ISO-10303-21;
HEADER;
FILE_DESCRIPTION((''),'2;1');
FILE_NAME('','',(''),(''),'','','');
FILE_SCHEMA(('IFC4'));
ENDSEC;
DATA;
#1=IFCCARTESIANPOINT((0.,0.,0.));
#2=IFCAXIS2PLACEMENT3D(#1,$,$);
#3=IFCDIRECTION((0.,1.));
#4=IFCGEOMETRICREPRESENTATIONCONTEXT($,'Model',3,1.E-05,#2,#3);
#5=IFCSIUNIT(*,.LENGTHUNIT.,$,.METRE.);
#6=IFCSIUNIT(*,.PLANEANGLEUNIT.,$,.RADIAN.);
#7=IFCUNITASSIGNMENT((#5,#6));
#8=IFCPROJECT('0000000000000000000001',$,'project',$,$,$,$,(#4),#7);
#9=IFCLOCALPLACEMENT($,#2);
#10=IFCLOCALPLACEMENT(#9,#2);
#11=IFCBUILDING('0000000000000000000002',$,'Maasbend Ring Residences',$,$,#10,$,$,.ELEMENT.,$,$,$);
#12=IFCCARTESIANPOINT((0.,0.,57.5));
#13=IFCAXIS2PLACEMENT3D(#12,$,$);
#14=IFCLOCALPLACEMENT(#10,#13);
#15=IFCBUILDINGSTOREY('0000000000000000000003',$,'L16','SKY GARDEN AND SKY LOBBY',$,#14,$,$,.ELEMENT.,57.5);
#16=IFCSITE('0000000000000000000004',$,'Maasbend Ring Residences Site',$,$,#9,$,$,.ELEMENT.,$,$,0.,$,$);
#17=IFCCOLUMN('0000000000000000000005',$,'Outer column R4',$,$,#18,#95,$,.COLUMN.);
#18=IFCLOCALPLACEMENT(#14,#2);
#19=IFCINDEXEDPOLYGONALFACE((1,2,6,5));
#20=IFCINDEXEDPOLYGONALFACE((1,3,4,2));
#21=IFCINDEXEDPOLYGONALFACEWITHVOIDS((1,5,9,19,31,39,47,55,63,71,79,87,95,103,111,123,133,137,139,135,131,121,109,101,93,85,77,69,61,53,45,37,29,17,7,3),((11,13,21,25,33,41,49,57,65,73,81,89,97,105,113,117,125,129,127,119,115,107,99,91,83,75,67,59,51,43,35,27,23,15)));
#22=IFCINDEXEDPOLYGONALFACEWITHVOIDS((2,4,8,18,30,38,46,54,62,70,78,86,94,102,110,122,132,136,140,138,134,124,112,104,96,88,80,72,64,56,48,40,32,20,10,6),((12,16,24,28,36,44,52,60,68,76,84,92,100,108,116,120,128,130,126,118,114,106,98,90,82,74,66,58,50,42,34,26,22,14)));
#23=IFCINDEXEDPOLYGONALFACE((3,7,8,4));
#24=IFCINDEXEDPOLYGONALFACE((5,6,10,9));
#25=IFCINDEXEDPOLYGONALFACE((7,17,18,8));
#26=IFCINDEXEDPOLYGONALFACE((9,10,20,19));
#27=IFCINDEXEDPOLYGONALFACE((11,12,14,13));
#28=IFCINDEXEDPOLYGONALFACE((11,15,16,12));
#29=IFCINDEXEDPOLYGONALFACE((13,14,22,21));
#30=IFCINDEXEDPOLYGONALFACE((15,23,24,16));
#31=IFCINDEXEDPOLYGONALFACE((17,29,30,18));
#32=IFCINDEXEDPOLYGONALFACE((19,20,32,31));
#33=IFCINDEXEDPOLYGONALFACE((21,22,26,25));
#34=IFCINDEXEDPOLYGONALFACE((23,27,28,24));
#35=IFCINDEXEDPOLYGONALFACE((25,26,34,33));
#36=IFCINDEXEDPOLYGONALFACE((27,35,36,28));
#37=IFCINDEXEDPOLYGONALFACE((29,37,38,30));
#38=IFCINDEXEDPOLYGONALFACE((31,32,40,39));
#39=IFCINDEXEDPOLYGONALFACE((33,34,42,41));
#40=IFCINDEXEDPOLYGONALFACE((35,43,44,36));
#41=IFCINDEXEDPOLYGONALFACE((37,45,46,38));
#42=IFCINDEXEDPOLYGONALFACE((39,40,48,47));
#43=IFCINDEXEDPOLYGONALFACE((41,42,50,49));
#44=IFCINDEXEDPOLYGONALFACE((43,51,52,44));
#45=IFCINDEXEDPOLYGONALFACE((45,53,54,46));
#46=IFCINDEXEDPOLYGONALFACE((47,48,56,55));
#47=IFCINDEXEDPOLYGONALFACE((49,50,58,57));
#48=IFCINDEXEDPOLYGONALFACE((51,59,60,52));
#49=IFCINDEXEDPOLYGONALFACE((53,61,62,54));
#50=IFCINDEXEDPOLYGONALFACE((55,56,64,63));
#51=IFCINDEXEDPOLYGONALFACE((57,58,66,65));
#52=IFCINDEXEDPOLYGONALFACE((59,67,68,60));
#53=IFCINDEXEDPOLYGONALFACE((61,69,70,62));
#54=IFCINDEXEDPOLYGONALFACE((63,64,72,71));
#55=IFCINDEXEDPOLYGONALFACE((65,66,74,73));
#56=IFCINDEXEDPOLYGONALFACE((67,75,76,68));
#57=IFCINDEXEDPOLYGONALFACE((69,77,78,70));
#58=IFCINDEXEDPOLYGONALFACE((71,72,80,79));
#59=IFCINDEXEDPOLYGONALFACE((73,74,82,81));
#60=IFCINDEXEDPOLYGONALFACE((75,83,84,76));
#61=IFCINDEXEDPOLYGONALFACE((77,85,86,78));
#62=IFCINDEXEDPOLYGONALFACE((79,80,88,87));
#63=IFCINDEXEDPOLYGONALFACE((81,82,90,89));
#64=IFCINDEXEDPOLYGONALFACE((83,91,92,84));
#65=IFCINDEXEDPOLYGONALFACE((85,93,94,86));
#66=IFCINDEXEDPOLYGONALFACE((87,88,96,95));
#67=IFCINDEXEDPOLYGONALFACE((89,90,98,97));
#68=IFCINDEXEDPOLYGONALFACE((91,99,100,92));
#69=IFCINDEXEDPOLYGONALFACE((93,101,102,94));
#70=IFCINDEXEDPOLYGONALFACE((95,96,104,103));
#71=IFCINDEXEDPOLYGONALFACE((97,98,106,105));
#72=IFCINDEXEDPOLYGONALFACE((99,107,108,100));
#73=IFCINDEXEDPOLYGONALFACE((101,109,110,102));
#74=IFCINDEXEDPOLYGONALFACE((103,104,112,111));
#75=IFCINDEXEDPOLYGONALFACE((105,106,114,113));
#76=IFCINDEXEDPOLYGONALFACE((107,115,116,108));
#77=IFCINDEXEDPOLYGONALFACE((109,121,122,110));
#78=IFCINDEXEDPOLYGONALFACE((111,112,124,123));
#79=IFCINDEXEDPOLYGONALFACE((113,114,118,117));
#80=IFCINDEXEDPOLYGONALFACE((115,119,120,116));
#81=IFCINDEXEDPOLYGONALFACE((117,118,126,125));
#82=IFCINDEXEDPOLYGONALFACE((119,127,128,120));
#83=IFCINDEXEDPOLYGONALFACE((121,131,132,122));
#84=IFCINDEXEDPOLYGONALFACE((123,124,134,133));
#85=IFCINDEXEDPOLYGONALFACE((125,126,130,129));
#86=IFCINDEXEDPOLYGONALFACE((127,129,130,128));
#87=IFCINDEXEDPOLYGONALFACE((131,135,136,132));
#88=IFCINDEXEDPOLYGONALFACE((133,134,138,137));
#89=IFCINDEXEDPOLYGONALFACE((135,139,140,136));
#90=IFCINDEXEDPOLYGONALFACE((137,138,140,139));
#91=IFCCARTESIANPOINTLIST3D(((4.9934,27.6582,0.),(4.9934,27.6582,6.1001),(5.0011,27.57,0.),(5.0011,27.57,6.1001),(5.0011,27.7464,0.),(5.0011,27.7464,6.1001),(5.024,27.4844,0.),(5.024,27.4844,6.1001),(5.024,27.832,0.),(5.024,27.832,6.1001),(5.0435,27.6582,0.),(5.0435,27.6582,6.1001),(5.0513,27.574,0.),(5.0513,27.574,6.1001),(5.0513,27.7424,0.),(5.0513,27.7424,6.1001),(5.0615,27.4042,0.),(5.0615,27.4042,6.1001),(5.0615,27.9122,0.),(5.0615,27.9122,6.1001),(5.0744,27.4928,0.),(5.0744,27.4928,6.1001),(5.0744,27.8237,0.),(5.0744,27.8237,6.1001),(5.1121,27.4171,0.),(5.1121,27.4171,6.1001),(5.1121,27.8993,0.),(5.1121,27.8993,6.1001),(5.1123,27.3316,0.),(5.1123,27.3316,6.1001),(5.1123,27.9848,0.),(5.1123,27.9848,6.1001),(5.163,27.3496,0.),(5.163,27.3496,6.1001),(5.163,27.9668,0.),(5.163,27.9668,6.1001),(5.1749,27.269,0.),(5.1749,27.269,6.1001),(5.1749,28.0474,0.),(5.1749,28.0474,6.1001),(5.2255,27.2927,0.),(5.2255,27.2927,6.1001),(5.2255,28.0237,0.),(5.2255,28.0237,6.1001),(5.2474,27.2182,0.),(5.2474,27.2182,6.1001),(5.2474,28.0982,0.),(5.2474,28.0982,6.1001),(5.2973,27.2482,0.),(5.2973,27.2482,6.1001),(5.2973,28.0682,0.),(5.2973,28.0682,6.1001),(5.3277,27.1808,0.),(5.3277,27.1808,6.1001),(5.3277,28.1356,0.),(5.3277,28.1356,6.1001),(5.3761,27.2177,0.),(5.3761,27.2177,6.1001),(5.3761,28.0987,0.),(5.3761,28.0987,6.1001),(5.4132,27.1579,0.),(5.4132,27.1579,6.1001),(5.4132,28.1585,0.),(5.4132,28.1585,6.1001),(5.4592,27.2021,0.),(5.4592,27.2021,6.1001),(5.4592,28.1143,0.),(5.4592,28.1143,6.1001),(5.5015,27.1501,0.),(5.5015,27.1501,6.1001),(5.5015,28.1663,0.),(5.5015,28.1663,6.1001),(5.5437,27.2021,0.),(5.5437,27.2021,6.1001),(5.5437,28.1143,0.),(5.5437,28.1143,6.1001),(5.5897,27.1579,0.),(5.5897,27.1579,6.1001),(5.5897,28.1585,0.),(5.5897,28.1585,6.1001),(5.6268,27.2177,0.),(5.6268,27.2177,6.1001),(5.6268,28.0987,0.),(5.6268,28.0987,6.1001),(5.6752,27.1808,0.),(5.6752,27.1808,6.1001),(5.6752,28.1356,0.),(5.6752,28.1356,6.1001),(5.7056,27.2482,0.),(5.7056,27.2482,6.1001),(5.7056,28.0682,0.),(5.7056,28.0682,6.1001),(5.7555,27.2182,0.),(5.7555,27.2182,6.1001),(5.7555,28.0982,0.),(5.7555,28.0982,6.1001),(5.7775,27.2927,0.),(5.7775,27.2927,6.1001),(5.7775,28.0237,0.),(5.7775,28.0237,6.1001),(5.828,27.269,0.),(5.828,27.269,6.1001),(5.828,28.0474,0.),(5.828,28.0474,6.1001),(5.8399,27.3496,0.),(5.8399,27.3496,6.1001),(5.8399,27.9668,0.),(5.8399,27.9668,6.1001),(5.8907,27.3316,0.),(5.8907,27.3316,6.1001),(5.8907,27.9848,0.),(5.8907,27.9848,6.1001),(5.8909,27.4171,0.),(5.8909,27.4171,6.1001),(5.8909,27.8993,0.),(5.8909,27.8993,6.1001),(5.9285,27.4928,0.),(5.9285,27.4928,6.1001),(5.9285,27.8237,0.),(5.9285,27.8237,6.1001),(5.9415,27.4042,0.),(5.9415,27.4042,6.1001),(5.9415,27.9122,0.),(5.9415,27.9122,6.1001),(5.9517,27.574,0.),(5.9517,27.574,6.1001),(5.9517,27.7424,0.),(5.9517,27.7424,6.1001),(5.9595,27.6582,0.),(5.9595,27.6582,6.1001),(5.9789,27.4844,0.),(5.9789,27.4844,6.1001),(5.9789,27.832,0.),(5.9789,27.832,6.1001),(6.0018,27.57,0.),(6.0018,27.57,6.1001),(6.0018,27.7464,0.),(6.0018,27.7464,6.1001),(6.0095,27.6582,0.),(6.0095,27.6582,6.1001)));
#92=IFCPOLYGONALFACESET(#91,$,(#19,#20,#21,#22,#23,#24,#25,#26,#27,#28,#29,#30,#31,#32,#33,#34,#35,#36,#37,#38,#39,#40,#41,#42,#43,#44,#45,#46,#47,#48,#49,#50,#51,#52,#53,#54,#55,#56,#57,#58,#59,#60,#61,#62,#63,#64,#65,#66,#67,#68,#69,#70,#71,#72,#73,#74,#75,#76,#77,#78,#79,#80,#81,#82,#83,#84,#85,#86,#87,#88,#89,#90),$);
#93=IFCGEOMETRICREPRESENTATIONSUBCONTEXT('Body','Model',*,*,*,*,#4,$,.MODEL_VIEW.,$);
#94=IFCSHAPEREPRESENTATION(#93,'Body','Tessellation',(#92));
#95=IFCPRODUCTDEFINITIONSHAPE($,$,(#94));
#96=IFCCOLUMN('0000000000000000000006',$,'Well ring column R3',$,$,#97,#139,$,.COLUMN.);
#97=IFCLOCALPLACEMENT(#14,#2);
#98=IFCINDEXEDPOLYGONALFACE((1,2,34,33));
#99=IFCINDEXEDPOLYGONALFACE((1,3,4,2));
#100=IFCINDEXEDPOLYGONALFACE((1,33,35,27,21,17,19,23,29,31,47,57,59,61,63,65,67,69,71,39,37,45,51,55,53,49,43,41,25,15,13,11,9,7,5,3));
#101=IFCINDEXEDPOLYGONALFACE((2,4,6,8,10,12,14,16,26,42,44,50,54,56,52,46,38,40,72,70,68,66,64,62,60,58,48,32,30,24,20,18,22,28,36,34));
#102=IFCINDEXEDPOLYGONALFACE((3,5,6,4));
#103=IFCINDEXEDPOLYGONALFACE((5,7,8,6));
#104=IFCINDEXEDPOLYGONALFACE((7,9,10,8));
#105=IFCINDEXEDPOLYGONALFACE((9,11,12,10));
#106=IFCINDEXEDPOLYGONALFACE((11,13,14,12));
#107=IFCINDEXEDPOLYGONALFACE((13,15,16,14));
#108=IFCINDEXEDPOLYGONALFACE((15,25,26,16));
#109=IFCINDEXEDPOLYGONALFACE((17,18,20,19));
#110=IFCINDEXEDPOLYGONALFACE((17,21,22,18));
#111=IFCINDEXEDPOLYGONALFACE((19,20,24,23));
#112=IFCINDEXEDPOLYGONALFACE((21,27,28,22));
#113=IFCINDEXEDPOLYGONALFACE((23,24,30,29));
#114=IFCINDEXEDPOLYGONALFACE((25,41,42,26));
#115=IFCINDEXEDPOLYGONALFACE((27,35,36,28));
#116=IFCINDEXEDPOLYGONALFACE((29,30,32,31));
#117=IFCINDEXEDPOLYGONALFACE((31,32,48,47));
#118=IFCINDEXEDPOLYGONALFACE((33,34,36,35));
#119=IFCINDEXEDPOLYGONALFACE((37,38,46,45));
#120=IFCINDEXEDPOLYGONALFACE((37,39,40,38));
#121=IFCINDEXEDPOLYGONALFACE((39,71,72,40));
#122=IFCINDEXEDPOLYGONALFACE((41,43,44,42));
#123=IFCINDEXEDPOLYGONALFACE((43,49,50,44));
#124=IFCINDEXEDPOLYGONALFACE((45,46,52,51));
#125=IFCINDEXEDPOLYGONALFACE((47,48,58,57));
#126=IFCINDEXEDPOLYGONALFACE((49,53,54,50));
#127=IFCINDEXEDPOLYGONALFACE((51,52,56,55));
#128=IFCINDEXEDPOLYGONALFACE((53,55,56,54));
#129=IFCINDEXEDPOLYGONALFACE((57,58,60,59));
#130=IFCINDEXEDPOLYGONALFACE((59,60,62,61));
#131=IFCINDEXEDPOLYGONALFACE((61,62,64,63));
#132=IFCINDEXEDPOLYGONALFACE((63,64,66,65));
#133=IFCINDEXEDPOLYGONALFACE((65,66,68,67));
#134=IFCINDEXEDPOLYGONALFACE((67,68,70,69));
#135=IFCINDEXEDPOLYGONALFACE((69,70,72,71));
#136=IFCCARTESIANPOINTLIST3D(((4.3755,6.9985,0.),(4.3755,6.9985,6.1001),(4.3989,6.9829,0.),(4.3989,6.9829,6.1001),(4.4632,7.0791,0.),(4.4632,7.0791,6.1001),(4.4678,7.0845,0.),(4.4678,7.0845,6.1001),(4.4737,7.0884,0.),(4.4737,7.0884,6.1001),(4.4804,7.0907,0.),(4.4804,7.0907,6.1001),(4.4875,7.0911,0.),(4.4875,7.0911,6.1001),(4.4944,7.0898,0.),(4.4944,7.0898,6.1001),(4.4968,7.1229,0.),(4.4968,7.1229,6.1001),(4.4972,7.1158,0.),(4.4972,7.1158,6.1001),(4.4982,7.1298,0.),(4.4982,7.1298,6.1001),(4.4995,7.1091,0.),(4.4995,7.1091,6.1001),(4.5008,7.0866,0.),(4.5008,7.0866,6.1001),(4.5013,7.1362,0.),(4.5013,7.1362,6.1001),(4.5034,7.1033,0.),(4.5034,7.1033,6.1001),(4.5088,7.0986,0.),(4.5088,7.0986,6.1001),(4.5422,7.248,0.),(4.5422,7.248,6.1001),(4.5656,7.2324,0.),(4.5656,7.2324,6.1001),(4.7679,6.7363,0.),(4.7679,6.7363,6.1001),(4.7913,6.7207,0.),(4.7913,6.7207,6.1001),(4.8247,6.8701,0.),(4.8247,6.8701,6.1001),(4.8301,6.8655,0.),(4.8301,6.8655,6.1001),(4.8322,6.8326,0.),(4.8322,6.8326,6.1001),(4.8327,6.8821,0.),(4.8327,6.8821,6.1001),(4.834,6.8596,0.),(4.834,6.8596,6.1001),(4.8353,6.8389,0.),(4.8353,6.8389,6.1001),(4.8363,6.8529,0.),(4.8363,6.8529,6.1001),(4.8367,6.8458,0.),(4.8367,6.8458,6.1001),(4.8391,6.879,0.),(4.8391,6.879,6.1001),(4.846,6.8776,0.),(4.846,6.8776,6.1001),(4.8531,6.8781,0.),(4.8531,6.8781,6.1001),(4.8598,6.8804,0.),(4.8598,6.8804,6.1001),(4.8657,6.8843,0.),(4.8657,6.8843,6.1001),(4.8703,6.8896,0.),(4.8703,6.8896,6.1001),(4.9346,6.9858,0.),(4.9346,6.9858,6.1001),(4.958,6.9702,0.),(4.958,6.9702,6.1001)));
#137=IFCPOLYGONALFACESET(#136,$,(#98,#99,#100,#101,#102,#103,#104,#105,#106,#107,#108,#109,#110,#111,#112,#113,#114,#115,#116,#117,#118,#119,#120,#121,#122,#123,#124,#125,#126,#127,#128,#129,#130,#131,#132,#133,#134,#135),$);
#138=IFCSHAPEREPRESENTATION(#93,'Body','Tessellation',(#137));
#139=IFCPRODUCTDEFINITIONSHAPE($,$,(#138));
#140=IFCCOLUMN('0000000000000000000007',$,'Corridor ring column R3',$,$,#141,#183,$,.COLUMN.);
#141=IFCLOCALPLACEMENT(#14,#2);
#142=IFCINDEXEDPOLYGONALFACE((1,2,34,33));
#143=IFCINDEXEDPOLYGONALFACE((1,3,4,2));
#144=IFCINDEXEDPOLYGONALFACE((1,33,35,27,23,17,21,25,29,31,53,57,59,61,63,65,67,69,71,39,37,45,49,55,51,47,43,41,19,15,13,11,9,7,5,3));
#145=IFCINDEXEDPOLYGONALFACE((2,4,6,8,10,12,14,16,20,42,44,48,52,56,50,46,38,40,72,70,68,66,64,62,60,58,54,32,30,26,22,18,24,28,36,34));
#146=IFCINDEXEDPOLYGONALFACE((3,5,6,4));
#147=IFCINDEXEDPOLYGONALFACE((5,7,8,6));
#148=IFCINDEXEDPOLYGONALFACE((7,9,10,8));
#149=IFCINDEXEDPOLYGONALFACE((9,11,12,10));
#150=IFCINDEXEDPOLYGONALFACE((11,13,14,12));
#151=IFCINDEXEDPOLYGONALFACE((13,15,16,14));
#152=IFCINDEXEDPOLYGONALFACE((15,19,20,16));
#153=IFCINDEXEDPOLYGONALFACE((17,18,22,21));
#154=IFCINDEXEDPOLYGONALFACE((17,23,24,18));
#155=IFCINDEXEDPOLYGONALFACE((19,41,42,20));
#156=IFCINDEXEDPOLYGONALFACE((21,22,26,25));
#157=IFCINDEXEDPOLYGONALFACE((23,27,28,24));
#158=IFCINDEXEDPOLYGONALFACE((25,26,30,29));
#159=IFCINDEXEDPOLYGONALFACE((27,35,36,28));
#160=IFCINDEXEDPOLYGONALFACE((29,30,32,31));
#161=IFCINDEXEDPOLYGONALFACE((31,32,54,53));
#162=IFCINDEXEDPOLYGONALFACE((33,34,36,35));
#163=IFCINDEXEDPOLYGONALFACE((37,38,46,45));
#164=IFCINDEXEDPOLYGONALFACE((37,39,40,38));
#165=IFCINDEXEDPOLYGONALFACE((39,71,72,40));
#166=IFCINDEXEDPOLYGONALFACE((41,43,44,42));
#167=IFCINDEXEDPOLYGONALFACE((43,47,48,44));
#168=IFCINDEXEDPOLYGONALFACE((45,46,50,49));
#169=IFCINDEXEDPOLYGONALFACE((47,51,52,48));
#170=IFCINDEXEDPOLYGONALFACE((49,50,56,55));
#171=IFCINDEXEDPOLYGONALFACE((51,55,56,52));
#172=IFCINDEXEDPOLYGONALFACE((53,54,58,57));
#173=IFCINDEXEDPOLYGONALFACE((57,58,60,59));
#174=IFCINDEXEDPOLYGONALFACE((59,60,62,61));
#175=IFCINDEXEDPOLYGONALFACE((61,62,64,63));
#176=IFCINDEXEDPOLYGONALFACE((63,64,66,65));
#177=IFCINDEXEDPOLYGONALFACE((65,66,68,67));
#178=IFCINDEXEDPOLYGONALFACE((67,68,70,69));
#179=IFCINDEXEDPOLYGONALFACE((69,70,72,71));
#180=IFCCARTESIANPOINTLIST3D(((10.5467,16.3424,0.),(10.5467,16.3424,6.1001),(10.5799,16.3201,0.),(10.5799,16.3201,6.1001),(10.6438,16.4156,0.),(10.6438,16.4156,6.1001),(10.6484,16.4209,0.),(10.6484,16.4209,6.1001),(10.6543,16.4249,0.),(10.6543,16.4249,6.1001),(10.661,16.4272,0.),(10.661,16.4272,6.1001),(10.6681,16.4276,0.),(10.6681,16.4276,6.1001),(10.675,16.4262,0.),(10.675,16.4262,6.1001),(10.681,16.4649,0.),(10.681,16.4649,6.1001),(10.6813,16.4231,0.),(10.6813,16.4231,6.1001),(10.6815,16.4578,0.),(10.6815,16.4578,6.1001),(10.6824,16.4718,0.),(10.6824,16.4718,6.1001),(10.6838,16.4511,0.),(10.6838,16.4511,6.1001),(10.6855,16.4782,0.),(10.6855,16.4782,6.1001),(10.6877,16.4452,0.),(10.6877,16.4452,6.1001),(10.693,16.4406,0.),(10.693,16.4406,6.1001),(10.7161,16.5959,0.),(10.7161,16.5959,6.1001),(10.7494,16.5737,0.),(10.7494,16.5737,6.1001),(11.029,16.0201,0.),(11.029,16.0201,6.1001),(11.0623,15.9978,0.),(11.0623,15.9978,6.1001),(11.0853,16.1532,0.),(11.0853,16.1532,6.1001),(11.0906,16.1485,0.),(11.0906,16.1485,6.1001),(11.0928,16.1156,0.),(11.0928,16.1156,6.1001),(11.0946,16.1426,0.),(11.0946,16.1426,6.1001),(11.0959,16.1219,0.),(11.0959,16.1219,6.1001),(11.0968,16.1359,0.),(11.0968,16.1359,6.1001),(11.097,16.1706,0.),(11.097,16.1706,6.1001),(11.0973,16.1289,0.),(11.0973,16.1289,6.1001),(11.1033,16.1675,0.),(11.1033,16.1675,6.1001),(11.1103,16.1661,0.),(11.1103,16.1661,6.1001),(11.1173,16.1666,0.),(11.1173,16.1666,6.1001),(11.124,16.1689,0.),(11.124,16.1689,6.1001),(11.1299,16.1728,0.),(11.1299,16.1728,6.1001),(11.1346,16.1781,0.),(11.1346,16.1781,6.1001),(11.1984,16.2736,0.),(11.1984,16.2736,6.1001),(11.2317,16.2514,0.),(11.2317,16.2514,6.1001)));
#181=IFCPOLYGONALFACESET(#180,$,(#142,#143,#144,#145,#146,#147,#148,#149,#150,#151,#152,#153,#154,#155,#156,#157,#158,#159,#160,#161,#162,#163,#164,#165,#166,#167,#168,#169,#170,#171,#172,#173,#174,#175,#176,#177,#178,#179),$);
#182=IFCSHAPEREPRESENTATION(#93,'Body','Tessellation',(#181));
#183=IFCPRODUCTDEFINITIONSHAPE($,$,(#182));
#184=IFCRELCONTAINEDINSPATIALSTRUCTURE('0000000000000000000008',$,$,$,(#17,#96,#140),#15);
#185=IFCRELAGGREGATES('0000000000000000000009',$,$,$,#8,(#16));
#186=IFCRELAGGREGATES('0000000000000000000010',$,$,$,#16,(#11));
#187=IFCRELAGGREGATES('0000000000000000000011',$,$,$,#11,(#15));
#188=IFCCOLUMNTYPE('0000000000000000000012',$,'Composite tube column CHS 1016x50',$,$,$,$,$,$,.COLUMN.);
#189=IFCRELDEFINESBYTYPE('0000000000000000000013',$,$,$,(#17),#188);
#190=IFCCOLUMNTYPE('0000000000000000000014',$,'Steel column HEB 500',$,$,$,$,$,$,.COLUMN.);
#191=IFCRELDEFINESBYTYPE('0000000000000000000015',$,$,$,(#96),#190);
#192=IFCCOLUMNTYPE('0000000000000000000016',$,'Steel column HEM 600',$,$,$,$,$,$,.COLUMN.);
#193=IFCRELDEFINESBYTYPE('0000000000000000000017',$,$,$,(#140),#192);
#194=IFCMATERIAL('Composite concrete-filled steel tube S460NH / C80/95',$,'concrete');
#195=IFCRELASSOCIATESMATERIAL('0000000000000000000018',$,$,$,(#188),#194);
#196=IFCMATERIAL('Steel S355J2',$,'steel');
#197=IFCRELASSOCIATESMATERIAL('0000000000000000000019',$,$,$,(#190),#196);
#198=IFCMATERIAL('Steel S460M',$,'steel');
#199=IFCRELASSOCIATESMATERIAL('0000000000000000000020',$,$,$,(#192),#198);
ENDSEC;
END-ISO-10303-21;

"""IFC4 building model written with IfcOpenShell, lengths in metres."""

from ifc_helpers import new_model, si_unit, direction, frame, origin, origin_2d, place, context, subcontext, project, spatial, hollow_circle, i_section, extrude, material, material_profile, profile_set, type_object, element, save


model = new_model("IFC4")

# Units and contexts
model_context = context("Model", 3, precision=1e-05, world=origin(), true_north=direction((0.0, 1.0)))
body_context = subcontext(model_context, "Body", "Model", "MODEL_VIEW")
ifc_project = project(units=[si_unit("LENGTHUNIT", "METRE"), si_unit("PLANEANGLEUNIT", "RADIAN")], contexts=[model_context])

# Site, building, storey
site_placement = place(None, origin())
site = spatial("IfcSite", under=ifc_project, at=site_placement, Name="Maasbend Ring Residences Site", CompositionType="ELEMENT", RefElevation=0.0)
building_placement = place(site_placement, origin())
building = spatial("IfcBuilding", under=site, at=building_placement, Name="Maasbend Ring Residences", CompositionType="ELEMENT")
storey_placement = place(building_placement, frame((0.0, 0.0, 57.5)))
storey = spatial("IfcBuildingStorey", under=building, at=storey_placement, Name="L16", Description="SKY GARDEN AND SKY LOBBY", CompositionType="ELEMENT", Elevation=57.5)

# Columns
ifc_material_1 = material(Name="Composite concrete-filled steel tube S460NH / C80/95", Category="concrete")
ifc_material_profile_1 = material_profile(ifc_material_1, hollow_circle(Radius=0.5081, WallThickness=0.05, at=origin_2d()), Name="Composite tube column CHS 1016x50")
ifc_profile_set_1 = profile_set([ifc_material_profile_1], Name="Composite concrete-filled steel tube S460NH / C80/95")
column_type_1 = type_object("IfcColumnType", Name="Composite tube column CHS 1016x50", PredefinedType="COLUMN", material=ifc_profile_set_1)
column_1_placement = place(storey_placement, frame((5.5015, 27.6582, 0.0), z_axis=(0.0, 0.0, 1.0), x_axis=(1.0, 0.0, 0.0)))
element("IfcColumn", 1, at=column_1_placement, inside=storey, type_object=column_type_1, Name="Outer column R4", PredefinedType="COLUMN", context=body_context, shape_type="SweptSolid", body=[
    extrude(hollow_circle(Radius=0.5081, WallThickness=0.05, at=origin_2d()), origin(), (0.0, 0.0, 1.0), 6.1001),
])
ifc_material_2 = material(Name="Steel S355J2", Category="steel")
ifc_material_profile_2 = material_profile(ifc_material_2, i_section(OverallWidth=0.3, OverallDepth=0.5, WebThickness=0.0144, FlangeThickness=0.0281, FilletRadius=0.0271, at=origin_2d()), Name="HEB 500")
ifc_profile_set_2 = profile_set([ifc_material_profile_2], Name="Steel S355J2")
column_type_2 = type_object("IfcColumnType", Name="Steel column HEB 500", PredefinedType="COLUMN", material=ifc_profile_set_2)
column_2_placement = place(storey_placement, frame((4.6667, 6.9844, 0.0), z_axis=(0.0, 0.0, 1.0), x_axis=(0.55557, 0.83147, 0.0)))
element("IfcColumn", 2, at=column_2_placement, inside=storey, type_object=column_type_2, Name="Well ring column R3", PredefinedType="COLUMN", context=body_context, shape_type="SweptSolid", body=[
    extrude(i_section(OverallWidth=0.3, OverallDepth=0.5, WebThickness=0.0144, FlangeThickness=0.0281, FilletRadius=0.0271, at=origin_2d()), origin(), (0.0, 0.0, 1.0), 6.1001),
])
ifc_material_3 = material(Name="Steel S460M", Category="steel")
ifc_material_profile_3 = material_profile(ifc_material_3, i_section(OverallWidth=0.3049, OverallDepth=0.6201, WebThickness=0.021, FlangeThickness=0.04, FilletRadius=0.0271, at=origin_2d()), Name="HEM 600")
ifc_profile_set_3 = profile_set([ifc_material_profile_3], Name="Steel S460M")
column_type_3 = type_object("IfcColumnType", Name="Steel column HEM 600", PredefinedType="COLUMN", material=ifc_profile_set_3)
for number, where, z_axis, x_axis, name in (
    (3, (10.8892, 16.2969, 0.0), (0.0, 0.0, 1.0), (0.55557, 0.83147, 0.0), "Corridor ring column R3"),
):
    element("IfcColumn", number, at=place(storey_placement, frame(where, z_axis=z_axis, x_axis=x_axis)), inside=storey, type_object=column_type_3, Name=name, PredefinedType="COLUMN", context=body_context, shape_type="SweptSolid", body=[
        extrude(i_section(OverallWidth=0.3049, OverallDepth=0.6201, WebThickness=0.021, FlangeThickness=0.04, FilletRadius=0.0271, at=origin_2d()), origin(), (0.0, 0.0, 1.0), 6.1001),
    ])

save(model, "model.ifc")
